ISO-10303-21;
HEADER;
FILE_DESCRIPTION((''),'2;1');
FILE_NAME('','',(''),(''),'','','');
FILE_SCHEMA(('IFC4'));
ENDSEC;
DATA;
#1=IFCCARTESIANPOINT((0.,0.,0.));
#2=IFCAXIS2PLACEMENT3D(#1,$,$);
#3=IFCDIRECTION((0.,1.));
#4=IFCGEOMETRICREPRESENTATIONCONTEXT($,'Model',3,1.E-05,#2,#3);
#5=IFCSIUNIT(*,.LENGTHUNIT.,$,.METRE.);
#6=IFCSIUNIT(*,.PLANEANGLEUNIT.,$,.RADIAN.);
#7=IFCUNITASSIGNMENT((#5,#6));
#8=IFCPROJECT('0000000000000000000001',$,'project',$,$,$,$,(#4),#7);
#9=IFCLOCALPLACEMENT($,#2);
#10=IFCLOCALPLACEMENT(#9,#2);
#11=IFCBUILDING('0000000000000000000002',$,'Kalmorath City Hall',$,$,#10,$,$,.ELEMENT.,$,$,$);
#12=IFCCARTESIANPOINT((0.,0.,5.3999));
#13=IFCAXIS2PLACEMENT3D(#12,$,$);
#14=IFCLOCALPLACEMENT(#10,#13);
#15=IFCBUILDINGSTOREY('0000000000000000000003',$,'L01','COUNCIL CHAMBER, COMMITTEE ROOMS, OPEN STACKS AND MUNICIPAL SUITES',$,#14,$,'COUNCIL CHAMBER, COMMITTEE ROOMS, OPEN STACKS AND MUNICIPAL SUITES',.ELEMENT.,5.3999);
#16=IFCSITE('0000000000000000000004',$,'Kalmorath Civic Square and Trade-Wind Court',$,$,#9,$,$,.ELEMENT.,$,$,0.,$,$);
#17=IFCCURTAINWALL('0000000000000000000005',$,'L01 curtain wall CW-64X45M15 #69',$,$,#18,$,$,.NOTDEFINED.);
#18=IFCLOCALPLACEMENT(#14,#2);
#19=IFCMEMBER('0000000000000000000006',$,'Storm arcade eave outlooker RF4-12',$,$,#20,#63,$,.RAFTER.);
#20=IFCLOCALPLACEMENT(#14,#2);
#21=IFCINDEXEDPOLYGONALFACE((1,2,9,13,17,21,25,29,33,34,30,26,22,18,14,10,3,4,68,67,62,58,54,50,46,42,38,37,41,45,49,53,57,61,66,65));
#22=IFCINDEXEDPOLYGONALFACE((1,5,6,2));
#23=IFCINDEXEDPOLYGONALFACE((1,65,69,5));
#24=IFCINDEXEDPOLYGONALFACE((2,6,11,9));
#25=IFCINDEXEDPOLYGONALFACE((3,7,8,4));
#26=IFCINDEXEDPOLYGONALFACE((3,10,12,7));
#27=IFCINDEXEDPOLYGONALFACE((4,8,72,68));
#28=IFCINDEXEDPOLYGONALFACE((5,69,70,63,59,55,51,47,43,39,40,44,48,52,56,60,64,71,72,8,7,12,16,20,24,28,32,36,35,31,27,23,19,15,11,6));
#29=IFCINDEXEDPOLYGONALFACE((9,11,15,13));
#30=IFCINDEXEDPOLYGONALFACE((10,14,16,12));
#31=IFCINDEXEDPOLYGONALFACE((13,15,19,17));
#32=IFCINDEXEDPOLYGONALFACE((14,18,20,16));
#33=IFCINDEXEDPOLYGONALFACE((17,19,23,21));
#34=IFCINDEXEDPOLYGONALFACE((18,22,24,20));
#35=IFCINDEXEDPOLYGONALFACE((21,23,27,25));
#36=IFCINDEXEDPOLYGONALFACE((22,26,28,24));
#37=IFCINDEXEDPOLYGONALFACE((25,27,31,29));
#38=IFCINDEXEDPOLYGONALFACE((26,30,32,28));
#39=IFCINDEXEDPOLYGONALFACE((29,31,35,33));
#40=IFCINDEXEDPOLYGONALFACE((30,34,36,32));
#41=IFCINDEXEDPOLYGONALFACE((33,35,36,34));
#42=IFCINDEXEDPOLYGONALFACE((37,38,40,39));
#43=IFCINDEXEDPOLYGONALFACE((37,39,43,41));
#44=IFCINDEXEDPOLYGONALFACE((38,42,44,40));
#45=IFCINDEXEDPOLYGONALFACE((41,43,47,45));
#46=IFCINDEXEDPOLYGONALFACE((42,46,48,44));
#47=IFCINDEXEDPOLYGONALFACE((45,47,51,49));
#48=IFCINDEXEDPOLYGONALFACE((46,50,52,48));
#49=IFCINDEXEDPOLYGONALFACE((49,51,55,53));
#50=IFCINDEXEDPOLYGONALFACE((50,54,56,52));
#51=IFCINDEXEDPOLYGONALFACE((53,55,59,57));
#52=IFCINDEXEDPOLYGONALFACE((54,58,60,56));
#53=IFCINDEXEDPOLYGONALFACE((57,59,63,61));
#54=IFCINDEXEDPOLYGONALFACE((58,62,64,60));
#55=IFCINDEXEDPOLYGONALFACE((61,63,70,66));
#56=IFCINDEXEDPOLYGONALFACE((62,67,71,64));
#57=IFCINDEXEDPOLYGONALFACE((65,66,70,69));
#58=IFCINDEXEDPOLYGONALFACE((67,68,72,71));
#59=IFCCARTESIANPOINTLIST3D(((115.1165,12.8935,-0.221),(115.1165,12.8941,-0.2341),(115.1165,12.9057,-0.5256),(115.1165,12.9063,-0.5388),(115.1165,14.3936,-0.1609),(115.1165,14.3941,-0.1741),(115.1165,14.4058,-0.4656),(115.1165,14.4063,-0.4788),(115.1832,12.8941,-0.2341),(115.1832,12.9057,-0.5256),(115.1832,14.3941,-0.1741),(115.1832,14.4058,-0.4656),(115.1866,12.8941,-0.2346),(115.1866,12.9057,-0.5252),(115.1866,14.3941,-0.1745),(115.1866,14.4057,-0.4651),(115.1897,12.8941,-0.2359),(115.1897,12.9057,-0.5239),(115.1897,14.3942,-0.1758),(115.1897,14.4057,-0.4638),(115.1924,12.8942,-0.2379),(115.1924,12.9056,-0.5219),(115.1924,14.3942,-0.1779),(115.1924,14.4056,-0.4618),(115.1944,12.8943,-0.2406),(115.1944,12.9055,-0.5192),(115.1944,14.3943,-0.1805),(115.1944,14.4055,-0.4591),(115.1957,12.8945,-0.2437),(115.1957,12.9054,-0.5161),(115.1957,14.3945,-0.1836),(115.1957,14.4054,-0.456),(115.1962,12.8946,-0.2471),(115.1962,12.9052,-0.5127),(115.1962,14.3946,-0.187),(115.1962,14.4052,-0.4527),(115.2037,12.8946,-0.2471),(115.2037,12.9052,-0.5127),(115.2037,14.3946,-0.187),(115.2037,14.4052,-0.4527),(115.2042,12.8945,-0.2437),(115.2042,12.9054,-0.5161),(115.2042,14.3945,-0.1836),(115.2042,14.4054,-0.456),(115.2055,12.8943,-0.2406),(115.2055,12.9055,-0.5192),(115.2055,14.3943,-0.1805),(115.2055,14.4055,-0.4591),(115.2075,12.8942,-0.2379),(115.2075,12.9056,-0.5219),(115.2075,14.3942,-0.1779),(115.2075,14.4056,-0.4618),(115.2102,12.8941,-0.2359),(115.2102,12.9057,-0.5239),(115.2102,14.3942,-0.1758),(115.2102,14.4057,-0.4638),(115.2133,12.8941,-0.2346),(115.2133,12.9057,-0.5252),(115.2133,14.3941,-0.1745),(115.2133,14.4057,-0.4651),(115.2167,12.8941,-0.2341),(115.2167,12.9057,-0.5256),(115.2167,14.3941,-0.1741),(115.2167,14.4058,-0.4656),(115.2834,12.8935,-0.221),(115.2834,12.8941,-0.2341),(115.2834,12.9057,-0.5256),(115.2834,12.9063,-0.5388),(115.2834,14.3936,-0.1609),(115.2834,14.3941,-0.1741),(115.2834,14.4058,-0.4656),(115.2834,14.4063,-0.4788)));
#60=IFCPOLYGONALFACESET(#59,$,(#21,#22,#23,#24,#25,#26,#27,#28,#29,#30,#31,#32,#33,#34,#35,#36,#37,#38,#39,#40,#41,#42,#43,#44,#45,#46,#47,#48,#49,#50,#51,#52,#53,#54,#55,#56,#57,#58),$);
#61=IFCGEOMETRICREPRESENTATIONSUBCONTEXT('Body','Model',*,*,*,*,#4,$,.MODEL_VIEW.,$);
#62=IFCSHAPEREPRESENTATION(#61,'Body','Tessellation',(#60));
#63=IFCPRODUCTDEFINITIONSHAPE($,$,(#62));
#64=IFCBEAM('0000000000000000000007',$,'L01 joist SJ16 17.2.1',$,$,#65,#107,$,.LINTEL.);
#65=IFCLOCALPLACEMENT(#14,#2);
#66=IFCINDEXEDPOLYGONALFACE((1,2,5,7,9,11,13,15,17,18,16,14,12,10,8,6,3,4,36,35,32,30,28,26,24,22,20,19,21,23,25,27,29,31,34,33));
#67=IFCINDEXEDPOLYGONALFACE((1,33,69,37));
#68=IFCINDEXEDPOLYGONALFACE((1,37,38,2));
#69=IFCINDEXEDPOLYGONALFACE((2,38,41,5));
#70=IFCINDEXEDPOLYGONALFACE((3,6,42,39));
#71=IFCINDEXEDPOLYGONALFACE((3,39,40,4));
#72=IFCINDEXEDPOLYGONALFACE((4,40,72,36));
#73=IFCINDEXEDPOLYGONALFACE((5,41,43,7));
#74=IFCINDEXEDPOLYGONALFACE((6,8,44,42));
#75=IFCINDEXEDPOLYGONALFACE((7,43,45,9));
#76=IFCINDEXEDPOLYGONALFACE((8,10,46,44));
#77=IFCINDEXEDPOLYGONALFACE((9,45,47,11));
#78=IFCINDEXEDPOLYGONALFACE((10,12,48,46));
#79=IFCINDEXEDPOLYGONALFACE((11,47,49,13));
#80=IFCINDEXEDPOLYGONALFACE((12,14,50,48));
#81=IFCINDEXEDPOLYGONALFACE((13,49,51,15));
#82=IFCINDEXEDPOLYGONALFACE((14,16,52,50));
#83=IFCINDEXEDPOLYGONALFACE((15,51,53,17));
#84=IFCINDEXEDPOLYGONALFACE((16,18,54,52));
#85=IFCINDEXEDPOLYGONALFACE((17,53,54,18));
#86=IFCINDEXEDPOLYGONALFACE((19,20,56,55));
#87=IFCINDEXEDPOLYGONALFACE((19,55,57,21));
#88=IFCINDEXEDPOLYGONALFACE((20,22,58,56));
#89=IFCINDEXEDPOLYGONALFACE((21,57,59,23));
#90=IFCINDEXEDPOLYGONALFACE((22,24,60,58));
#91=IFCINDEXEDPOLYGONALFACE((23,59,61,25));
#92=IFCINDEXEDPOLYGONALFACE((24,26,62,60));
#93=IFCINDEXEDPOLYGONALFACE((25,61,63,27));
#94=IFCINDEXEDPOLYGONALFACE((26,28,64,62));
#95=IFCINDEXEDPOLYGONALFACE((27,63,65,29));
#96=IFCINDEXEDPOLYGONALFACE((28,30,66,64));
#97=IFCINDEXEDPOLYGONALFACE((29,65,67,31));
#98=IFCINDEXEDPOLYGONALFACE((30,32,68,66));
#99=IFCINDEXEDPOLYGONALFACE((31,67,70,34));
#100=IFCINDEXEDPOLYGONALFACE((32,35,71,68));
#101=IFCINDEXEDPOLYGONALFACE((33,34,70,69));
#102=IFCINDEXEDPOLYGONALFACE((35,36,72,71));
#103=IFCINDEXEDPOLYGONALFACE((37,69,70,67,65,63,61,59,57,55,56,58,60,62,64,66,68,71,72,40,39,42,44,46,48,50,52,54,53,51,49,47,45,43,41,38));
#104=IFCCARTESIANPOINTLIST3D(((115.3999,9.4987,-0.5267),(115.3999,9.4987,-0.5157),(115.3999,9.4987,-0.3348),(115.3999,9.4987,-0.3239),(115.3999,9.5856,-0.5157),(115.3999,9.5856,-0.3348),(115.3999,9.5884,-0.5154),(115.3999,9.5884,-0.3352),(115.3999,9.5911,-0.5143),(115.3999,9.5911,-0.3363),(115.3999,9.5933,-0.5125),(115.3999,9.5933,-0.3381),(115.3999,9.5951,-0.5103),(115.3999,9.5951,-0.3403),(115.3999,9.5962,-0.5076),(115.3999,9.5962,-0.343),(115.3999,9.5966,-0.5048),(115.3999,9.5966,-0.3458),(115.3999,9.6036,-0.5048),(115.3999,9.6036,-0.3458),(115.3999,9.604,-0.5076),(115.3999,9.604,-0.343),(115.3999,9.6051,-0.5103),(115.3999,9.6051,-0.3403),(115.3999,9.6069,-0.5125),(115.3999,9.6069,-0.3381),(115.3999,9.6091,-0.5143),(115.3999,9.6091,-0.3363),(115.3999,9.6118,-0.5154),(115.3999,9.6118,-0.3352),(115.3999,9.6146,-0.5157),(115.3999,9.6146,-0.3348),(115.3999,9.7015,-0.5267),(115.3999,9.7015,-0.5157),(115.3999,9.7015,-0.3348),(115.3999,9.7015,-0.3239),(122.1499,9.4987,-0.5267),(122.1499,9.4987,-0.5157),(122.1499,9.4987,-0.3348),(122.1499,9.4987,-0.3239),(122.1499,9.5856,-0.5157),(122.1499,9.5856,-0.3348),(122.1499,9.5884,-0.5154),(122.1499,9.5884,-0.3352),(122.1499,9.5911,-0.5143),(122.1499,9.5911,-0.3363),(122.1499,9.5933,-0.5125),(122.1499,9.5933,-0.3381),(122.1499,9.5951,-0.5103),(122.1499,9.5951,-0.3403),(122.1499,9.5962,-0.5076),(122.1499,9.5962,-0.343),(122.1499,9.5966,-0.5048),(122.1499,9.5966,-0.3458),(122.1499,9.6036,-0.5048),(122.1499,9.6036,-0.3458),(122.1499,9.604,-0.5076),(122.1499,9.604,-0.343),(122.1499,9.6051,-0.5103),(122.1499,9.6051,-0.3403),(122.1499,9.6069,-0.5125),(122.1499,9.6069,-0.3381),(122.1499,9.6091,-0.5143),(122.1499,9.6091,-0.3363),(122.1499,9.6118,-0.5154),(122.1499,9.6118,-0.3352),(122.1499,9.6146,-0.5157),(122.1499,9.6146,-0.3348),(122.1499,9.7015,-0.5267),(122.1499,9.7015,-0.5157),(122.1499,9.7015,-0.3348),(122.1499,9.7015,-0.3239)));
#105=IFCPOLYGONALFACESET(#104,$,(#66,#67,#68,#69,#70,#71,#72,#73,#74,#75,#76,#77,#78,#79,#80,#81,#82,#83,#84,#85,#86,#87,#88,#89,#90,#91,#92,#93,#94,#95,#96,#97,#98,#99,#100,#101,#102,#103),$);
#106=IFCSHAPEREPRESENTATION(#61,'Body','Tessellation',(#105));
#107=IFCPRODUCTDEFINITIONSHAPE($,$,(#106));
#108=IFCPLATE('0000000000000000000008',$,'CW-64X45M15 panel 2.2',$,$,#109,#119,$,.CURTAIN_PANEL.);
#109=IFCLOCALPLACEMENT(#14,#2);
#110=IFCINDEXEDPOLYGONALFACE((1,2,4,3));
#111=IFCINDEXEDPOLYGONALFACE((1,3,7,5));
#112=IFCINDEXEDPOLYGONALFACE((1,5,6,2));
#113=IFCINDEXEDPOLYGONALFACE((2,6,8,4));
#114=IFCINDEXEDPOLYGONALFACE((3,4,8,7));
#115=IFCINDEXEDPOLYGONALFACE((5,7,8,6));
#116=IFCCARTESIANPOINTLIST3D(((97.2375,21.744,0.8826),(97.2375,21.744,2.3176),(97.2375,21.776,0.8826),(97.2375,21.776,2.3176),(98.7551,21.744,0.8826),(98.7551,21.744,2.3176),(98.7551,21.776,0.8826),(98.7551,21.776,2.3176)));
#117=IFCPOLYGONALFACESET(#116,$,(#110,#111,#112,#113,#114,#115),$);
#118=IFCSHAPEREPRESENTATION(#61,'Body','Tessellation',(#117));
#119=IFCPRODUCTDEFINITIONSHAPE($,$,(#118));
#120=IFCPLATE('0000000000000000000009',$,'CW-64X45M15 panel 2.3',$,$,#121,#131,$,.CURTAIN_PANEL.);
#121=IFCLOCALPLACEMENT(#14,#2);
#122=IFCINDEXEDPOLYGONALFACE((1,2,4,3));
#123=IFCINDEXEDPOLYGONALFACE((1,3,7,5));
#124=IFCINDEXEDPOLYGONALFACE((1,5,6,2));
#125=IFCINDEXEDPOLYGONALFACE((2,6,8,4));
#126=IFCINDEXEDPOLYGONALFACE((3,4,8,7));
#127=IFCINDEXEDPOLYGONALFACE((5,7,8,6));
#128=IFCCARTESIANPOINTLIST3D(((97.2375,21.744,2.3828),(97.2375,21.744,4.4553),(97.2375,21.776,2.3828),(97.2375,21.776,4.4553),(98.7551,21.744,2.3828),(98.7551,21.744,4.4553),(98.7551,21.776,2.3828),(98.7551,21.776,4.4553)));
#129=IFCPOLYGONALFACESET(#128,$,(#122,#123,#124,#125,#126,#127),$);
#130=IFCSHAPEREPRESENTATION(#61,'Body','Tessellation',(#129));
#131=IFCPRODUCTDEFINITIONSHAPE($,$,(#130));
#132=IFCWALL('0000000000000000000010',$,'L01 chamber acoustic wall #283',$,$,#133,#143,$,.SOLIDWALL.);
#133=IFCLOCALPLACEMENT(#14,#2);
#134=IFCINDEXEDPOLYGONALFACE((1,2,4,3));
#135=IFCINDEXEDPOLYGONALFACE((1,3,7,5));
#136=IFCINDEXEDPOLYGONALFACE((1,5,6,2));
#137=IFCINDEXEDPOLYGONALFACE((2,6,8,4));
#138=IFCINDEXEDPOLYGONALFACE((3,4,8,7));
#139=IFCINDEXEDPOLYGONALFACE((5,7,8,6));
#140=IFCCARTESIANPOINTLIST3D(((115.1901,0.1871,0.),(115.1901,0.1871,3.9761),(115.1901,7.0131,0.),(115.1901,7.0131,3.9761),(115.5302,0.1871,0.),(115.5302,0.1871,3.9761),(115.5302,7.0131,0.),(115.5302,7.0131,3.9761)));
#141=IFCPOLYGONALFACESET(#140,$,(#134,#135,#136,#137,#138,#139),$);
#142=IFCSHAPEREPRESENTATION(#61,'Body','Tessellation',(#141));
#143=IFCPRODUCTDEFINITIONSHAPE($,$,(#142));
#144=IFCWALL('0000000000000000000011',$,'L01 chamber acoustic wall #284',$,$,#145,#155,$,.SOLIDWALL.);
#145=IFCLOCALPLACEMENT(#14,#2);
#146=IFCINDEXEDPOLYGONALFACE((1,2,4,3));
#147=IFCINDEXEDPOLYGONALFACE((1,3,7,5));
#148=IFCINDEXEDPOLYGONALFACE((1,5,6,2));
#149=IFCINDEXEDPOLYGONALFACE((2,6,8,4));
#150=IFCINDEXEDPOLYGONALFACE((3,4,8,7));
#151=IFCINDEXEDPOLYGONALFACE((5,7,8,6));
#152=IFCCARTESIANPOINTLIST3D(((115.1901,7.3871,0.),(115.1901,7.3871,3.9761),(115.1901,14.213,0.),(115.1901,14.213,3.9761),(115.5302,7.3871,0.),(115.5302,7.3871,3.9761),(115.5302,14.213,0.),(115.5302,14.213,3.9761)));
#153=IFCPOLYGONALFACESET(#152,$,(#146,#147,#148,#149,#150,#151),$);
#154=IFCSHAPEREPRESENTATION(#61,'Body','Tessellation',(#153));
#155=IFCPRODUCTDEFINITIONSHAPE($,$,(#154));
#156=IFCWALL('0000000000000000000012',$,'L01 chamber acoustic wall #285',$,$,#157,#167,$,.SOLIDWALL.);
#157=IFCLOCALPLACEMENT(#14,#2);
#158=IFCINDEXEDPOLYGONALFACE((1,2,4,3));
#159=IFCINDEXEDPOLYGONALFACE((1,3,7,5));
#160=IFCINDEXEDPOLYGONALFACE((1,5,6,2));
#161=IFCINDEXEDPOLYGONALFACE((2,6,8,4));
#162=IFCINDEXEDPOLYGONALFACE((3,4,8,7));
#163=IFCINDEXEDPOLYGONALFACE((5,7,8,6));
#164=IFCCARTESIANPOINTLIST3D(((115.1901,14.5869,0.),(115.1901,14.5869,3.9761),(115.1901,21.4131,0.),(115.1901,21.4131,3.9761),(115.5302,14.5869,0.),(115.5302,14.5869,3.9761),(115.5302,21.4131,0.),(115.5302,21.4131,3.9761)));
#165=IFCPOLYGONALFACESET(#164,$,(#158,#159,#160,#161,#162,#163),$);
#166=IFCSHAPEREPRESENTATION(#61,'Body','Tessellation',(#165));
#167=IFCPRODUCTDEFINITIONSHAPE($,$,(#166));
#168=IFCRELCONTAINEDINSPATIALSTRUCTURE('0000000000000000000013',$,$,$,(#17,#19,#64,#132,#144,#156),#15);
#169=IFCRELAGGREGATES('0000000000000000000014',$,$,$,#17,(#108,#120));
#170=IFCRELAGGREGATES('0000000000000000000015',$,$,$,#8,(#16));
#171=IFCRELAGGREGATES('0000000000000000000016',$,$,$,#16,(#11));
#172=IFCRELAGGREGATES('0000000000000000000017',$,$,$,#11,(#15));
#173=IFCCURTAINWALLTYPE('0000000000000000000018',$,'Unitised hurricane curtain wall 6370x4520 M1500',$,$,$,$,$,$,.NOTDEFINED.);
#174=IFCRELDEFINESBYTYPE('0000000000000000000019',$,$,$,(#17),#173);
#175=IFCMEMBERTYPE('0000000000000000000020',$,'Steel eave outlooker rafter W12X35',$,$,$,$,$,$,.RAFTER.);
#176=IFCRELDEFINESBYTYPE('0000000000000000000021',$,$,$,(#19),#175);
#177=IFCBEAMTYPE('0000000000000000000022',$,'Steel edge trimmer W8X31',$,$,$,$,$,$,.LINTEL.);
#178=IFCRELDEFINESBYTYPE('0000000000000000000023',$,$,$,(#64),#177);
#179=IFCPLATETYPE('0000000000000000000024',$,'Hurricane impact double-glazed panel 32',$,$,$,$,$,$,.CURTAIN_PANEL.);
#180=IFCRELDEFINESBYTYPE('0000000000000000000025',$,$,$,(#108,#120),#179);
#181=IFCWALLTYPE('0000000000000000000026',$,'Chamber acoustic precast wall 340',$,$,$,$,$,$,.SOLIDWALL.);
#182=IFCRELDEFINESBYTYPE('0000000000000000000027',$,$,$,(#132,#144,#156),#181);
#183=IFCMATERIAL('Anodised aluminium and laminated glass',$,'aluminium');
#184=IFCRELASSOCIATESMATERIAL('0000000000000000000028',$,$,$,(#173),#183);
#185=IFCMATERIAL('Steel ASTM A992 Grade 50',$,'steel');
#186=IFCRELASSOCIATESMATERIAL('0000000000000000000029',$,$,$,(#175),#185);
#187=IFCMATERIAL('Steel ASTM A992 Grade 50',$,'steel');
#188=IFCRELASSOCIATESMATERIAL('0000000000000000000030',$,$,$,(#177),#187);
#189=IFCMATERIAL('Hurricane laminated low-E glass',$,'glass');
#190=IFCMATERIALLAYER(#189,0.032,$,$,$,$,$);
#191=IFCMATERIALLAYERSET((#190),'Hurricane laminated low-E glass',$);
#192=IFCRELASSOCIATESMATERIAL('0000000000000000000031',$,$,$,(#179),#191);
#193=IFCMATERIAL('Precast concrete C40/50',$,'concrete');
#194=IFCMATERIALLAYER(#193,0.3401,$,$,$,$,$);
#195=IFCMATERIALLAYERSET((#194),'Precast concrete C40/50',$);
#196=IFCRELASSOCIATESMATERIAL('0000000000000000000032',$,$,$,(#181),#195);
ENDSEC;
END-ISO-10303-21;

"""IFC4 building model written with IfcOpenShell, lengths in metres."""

from ifc_helpers import new_model, si_unit, direction, frame, frame_2d, origin, origin_2d, place, context, subcontext, project, spatial, rectangle, i_section, extrude, material, layer, layer_set, material_profile, profile_set, type_object, element, aggregate, save


model = new_model("IFC4")

# Units and contexts
model_context = context("Model", 3, precision=1e-05, world=origin(), true_north=direction((0.0, 1.0)))
body_context = subcontext(model_context, "Body", "Model", "MODEL_VIEW")
ifc_project = project(units=[si_unit("LENGTHUNIT", "METRE"), si_unit("PLANEANGLEUNIT", "RADIAN")], contexts=[model_context])

# Site, building, storey
site_placement = place(None, origin())
site = spatial("IfcSite", under=ifc_project, at=site_placement, Name="Kalmorath Civic Square and Trade-Wind Court", CompositionType="ELEMENT", RefElevation=0.0)
building_placement = place(site_placement, origin())
building = spatial("IfcBuilding", under=site, at=building_placement, Name="Kalmorath City Hall", CompositionType="ELEMENT")
storey_placement = place(building_placement, frame((0.0, 0.0, 5.3999)))
storey = spatial("IfcBuildingStorey", under=building, at=storey_placement, Name="L01", Description="COUNCIL CHAMBER, COMMITTEE ROOMS, OPEN STACKS AND MUNICIPAL SUITES", LongName="COUNCIL CHAMBER, COMMITTEE ROOMS, OPEN STACKS AND MUNICIPAL SUITES", CompositionType="ELEMENT", Elevation=5.3999)

# Curtain wall
ifc_material_1 = material(Name="Anodised aluminium and laminated glass", Category="aluminium")
curtain_wall_type = type_object("IfcCurtainWallType", Name="Unitised hurricane curtain wall 6370x4520 M1500", PredefinedType="NOTDEFINED", material=ifc_material_1)
curtain_wall_placement = place(storey_placement, origin())
curtain_wall = element("IfcCurtainWall", 1, at=curtain_wall_placement, inside=storey, type_object=curtain_wall_type, Name="L01 curtain wall CW-64X45M15 #69", PredefinedType="NOTDEFINED")

# Member
ifc_material_2 = material(Name="Steel ASTM A992 Grade 50", Category="steel")
ifc_material_profile_1 = material_profile(ifc_material_2, i_section(OverallWidth=0.167, OverallDepth=0.3181, WebThickness=0.0076, FlangeThickness=0.0132, FilletRadius=0.0129, at=origin_2d()), Name="W12X35")
ifc_profile_set_1 = profile_set([ifc_material_profile_1], Name="Steel ASTM A992 Grade 50")
member_type_1 = type_object("IfcMemberType", Name="Steel eave outlooker rafter W12X35", PredefinedType="RAFTER", material=ifc_profile_set_1)
for number, where, z_axis, x_axis, name in (
    (2, (115.2, 12.8999, -0.3799), (0.0, 0.999199, 0.040007), (-1.0, 0.0, 0.0), "Storm arcade eave outlooker RF4-12"),
):
    element("IfcMember", number, at=place(storey_placement, frame(where, z_axis=z_axis, x_axis=x_axis)), inside=storey, type_object=member_type_1, Name=name, PredefinedType="RAFTER", context=body_context, shape_type="SweptSolid", body=[
        extrude(i_section(OverallWidth=0.167, OverallDepth=0.3181, WebThickness=0.0076, FlangeThickness=0.0132, FilletRadius=0.0129, at=origin_2d()), origin(), (0.0, 0.0, 1.0), 1.5012),
    ])

# Beam
ifc_material_3 = material(Name="Steel ASTM A992 Grade 50", Category="steel")
ifc_material_profile_2 = material_profile(ifc_material_3, i_section(OverallWidth=0.2029, OverallDepth=0.2029, WebThickness=0.0071, FlangeThickness=0.011, FilletRadius=0.011, at=origin_2d()), Name="W8X31")
ifc_profile_set_2 = profile_set([ifc_material_profile_2], Name="Steel ASTM A992 Grade 50")
beam_type_1 = type_object("IfcBeamType", Name="Steel edge trimmer W8X31", PredefinedType="LINTEL", material=ifc_profile_set_2)
beam_1_placement = place(storey_placement, frame((115.3999, 9.6001, -0.4253), z_axis=(1.0, 0.0, 0.0), x_axis=(0.0, 1.0, 0.0)))
element("IfcBeam", 3, at=beam_1_placement, inside=storey, type_object=beam_type_1, Name="L01 joist SJ16 17.2.1", PredefinedType="LINTEL", context=body_context, shape_type="SweptSolid", body=[
    extrude(i_section(OverallWidth=0.2029, OverallDepth=0.2029, WebThickness=0.0071, FlangeThickness=0.011, FilletRadius=0.011, at=origin_2d()), origin(), (0.0, 0.0, 1.0), 6.75),
])

# Plates
ifc_material_4 = material(Name="Hurricane laminated low-E glass", Category="glass")
ifc_layer_1 = layer(ifc_material_4, 0.032)
ifc_layer_set_1 = layer_set([ifc_layer_1], Name="Hurricane laminated low-E glass")
plate_type = type_object("IfcPlateType", Name="Hurricane impact double-glazed panel 32", PredefinedType="CURTAIN_PANEL", material=ifc_layer_set_1)
plate_1_placement = place(storey_placement, frame((97.9963, 21.76, 0.8826), z_axis=(0.0, 0.0, 1.0), x_axis=(-1.0, 0.0, 0.0)))
plate_1 = element("IfcPlate", 4, at=plate_1_placement, type_object=plate_type, Name="CW-64X45M15 panel 2.2", PredefinedType="CURTAIN_PANEL", context=body_context, shape_type="SweptSolid", body=[
    extrude(rectangle(XDim=1.5176, YDim=0.032, at=origin_2d()), origin(), (0.0, 0.0, 1.0), 1.4351),
])
plate_2_placement = place(storey_placement, frame((97.9963, 21.76, 2.3828), z_axis=(0.0, 0.0, 1.0), x_axis=(-1.0, 0.0, 0.0)))
plate_2 = element("IfcPlate", 5, at=plate_2_placement, type_object=plate_type, Name="CW-64X45M15 panel 2.3", PredefinedType="CURTAIN_PANEL", context=body_context, shape_type="SweptSolid", body=[
    extrude(rectangle(XDim=1.5176, YDim=0.032, at=origin_2d()), origin(), (0.0, 0.0, 1.0), 2.0725),
])
aggregate(curtain_wall, [plate_1, plate_2])

# Walls
ifc_material_5 = material(Name="Precast concrete C40/50", Category="concrete")
ifc_layer_2 = layer(ifc_material_5, 0.3401)
ifc_layer_set_2 = layer_set([ifc_layer_2], Name="Precast concrete C40/50")
wall_type = type_object("IfcWallType", Name="Chamber acoustic precast wall 340", PredefinedType="SOLIDWALL", material=ifc_layer_set_2)
for number, where, z_axis, x_axis, name in (
    (6, (115.3601, 0.187, 0.0), (0.0, 0.0, 1.0), (0.0, 1.0, 0.0), "L01 chamber acoustic wall #283"),
    (7, (115.3601, 7.387, 0.0), (0.0, 0.0, 1.0), (0.0, 1.0, 0.0), "L01 chamber acoustic wall #284"),
):
    element("IfcWall", number, at=place(storey_placement, frame(where, z_axis=z_axis, x_axis=x_axis)), inside=storey, type_object=wall_type, Name=name, PredefinedType="SOLIDWALL", context=body_context, shape_type="SweptSolid", body=[
        extrude(rectangle(XDim=6.8259, YDim=0.3401, at=frame_2d((3.4131, 0.0))), origin(), (0.0, 0.0, 1.0), 3.9761),
    ])
wall_placement = place(storey_placement, frame((115.3601, 14.5869, 0.0), z_axis=(0.0, 0.0, 1.0), x_axis=(0.0, 1.0, 0.0)))
element("IfcWall", 8, at=wall_placement, inside=storey, type_object=wall_type, Name="L01 chamber acoustic wall #285", PredefinedType="SOLIDWALL", context=body_context, shape_type="SweptSolid", body=[
    extrude(rectangle(XDim=6.8262, YDim=0.3401, at=frame_2d((3.4131, 0.0))), origin(), (0.0, 0.0, 1.0), 3.9761),
])

save(model, "model.ifc")
